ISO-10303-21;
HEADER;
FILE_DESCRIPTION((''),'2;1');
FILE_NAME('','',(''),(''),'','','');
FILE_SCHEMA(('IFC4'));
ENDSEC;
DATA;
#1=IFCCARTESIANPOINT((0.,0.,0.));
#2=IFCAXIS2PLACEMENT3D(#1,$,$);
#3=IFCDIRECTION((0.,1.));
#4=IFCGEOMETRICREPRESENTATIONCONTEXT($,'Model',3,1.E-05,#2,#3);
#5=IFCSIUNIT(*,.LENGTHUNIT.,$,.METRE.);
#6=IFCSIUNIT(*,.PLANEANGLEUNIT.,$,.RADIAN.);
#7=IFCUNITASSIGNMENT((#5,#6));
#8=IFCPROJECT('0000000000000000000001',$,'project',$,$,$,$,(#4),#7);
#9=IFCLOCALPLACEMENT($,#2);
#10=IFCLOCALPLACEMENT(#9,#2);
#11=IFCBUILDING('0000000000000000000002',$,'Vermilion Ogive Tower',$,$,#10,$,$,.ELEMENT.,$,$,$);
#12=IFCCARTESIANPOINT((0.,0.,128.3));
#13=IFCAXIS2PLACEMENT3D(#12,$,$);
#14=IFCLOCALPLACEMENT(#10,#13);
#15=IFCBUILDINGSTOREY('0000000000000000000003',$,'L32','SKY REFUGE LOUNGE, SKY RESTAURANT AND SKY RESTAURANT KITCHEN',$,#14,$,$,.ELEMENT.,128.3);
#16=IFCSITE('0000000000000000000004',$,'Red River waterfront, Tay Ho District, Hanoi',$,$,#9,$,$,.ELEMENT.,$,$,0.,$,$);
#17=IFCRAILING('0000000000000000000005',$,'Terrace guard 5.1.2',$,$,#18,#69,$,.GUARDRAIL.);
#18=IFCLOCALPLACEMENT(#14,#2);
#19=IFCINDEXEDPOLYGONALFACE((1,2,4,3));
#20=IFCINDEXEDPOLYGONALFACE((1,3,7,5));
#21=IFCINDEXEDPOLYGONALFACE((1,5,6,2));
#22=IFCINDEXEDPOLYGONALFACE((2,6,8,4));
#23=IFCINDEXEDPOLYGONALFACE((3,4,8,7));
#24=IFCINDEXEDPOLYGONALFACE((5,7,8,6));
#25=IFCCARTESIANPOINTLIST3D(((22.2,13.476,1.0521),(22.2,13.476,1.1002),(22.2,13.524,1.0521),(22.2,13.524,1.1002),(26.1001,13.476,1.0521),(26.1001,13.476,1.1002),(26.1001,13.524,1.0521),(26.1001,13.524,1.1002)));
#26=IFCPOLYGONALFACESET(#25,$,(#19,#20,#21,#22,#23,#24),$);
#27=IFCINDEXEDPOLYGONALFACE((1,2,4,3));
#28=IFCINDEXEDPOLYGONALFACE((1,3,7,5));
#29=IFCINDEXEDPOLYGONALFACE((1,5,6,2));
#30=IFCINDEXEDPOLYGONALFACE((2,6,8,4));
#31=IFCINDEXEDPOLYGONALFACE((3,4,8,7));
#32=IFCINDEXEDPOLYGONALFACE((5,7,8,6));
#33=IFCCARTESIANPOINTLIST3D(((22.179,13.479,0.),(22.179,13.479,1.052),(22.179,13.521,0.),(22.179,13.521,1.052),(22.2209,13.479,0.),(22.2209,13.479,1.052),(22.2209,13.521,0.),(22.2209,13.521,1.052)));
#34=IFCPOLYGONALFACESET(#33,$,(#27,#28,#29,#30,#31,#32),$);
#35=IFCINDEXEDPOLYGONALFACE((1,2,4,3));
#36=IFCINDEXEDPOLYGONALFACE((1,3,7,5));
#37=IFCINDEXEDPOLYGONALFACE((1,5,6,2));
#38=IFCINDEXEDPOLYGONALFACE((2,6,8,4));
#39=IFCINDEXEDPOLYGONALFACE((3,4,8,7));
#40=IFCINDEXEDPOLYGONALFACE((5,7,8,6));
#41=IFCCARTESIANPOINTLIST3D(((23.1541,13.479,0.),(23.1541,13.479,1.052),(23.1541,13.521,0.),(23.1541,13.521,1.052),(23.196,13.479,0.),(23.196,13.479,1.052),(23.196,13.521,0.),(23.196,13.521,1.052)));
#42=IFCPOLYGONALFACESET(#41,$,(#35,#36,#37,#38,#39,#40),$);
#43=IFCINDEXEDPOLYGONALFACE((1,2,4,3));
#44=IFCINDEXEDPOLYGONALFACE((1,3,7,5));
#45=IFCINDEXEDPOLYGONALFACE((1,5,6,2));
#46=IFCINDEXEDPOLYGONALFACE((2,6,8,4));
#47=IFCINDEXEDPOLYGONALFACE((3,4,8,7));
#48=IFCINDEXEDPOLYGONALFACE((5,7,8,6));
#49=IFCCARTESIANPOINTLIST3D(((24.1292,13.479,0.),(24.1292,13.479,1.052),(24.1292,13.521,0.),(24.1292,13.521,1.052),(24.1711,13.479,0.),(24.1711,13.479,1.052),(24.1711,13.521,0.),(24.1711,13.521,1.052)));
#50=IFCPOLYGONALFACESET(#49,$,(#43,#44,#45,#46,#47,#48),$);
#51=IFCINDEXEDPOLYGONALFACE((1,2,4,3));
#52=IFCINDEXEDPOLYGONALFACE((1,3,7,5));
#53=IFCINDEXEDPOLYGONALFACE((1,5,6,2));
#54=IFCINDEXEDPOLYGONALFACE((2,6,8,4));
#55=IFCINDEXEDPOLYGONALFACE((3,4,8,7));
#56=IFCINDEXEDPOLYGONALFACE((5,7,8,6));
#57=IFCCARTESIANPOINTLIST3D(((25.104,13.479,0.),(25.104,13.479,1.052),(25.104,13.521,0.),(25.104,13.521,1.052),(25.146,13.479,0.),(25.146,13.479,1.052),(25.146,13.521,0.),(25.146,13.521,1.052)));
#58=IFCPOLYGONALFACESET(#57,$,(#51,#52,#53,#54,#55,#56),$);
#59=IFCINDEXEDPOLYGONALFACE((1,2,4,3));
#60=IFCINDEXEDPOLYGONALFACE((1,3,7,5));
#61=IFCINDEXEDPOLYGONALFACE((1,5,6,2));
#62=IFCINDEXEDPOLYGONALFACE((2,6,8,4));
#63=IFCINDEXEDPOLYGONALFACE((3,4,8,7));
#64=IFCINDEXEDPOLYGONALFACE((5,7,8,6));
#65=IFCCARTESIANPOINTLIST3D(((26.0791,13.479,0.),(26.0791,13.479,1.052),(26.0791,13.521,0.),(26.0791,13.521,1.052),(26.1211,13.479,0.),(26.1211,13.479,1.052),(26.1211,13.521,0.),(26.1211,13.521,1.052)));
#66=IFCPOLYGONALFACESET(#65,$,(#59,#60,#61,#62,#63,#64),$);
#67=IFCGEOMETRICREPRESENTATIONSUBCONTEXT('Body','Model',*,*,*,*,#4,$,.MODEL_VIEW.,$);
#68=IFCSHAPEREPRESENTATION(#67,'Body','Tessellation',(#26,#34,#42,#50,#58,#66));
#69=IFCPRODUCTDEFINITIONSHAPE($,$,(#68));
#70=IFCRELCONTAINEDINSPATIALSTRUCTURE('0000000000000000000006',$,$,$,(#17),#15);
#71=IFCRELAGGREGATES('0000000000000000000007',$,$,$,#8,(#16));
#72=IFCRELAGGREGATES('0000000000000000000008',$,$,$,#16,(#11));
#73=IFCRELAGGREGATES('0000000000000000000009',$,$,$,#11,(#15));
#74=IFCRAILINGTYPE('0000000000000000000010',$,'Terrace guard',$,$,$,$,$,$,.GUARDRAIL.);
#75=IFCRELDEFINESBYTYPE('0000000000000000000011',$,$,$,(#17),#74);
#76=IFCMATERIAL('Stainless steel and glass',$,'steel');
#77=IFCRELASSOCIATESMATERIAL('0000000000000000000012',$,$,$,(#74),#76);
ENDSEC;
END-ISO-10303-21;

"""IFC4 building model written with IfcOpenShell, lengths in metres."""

from ifc_helpers import new_model, si_unit, direction, frame, origin, origin_2d, place, context, subcontext, project, spatial, rectangle, extrude, material, type_object, element, save


model = new_model("IFC4")

# Units and contexts
model_context = context("Model", 3, precision=1e-05, world=origin(), true_north=direction((0.0, 1.0)))
body_context = subcontext(model_context, "Body", "Model", "MODEL_VIEW")
ifc_project = project(units=[si_unit("LENGTHUNIT", "METRE"), si_unit("PLANEANGLEUNIT", "RADIAN")], contexts=[model_context])

# Site, building, storey
site_placement = place(None, origin())
site = spatial("IfcSite", under=ifc_project, at=site_placement, Name="Red River waterfront, Tay Ho District, Hanoi", CompositionType="ELEMENT", RefElevation=0.0)
building_placement = place(site_placement, origin())
building = spatial("IfcBuilding", under=site, at=building_placement, Name="Vermilion Ogive Tower", CompositionType="ELEMENT")
storey_placement = place(building_placement, frame((0.0, 0.0, 128.3)))
storey = spatial("IfcBuildingStorey", under=building, at=storey_placement, Name="L32", Description="SKY REFUGE LOUNGE, SKY RESTAURANT AND SKY RESTAURANT KITCHEN", CompositionType="ELEMENT", Elevation=128.3)

# Railing
ifc_material_1 = material(Name="Stainless steel and glass", Category="steel")
railing_type = type_object("IfcRailingType", Name="Terrace guard", PredefinedType="GUARDRAIL", material=ifc_material_1)
railing_1_placement = place(storey_placement, frame((22.2, 13.5, 0.0)))
element("IfcRailing", 1, at=railing_1_placement, inside=storey, type_object=railing_type, Name="Terrace guard 5.1.2", PredefinedType="GUARDRAIL", context=body_context, shape_type="SweptSolid", body=[
    extrude(rectangle(XDim=0.0481, YDim=0.0481, at=origin_2d()), frame((0.0, 0.0, 1.0762), z_axis=(1.0, 0.0, 0.0), x_axis=(0.0, 1.0, 0.0)), (0.0, 0.0, 1.0), 3.9001),
    extrude(rectangle(XDim=0.042, YDim=0.042, at=origin_2d()), origin(), (0.0, 0.0, 1.0), 1.052),
    extrude(rectangle(XDim=0.042, YDim=0.042, at=origin_2d()), frame((0.9751, 0.0, 0.0)), (0.0, 0.0, 1.0), 1.052),
    extrude(rectangle(XDim=0.042, YDim=0.042, at=origin_2d()), frame((1.9502, 0.0, 0.0)), (0.0, 0.0, 1.0), 1.052),
    extrude(rectangle(XDim=0.042, YDim=0.042, at=origin_2d()), frame((2.925, 0.0, 0.0)), (0.0, 0.0, 1.0), 1.052),
    extrude(rectangle(XDim=0.042, YDim=0.042, at=origin_2d()), frame((3.9001, 0.0, 0.0)), (0.0, 0.0, 1.0), 1.052),
])

save(model, "model.ifc")
